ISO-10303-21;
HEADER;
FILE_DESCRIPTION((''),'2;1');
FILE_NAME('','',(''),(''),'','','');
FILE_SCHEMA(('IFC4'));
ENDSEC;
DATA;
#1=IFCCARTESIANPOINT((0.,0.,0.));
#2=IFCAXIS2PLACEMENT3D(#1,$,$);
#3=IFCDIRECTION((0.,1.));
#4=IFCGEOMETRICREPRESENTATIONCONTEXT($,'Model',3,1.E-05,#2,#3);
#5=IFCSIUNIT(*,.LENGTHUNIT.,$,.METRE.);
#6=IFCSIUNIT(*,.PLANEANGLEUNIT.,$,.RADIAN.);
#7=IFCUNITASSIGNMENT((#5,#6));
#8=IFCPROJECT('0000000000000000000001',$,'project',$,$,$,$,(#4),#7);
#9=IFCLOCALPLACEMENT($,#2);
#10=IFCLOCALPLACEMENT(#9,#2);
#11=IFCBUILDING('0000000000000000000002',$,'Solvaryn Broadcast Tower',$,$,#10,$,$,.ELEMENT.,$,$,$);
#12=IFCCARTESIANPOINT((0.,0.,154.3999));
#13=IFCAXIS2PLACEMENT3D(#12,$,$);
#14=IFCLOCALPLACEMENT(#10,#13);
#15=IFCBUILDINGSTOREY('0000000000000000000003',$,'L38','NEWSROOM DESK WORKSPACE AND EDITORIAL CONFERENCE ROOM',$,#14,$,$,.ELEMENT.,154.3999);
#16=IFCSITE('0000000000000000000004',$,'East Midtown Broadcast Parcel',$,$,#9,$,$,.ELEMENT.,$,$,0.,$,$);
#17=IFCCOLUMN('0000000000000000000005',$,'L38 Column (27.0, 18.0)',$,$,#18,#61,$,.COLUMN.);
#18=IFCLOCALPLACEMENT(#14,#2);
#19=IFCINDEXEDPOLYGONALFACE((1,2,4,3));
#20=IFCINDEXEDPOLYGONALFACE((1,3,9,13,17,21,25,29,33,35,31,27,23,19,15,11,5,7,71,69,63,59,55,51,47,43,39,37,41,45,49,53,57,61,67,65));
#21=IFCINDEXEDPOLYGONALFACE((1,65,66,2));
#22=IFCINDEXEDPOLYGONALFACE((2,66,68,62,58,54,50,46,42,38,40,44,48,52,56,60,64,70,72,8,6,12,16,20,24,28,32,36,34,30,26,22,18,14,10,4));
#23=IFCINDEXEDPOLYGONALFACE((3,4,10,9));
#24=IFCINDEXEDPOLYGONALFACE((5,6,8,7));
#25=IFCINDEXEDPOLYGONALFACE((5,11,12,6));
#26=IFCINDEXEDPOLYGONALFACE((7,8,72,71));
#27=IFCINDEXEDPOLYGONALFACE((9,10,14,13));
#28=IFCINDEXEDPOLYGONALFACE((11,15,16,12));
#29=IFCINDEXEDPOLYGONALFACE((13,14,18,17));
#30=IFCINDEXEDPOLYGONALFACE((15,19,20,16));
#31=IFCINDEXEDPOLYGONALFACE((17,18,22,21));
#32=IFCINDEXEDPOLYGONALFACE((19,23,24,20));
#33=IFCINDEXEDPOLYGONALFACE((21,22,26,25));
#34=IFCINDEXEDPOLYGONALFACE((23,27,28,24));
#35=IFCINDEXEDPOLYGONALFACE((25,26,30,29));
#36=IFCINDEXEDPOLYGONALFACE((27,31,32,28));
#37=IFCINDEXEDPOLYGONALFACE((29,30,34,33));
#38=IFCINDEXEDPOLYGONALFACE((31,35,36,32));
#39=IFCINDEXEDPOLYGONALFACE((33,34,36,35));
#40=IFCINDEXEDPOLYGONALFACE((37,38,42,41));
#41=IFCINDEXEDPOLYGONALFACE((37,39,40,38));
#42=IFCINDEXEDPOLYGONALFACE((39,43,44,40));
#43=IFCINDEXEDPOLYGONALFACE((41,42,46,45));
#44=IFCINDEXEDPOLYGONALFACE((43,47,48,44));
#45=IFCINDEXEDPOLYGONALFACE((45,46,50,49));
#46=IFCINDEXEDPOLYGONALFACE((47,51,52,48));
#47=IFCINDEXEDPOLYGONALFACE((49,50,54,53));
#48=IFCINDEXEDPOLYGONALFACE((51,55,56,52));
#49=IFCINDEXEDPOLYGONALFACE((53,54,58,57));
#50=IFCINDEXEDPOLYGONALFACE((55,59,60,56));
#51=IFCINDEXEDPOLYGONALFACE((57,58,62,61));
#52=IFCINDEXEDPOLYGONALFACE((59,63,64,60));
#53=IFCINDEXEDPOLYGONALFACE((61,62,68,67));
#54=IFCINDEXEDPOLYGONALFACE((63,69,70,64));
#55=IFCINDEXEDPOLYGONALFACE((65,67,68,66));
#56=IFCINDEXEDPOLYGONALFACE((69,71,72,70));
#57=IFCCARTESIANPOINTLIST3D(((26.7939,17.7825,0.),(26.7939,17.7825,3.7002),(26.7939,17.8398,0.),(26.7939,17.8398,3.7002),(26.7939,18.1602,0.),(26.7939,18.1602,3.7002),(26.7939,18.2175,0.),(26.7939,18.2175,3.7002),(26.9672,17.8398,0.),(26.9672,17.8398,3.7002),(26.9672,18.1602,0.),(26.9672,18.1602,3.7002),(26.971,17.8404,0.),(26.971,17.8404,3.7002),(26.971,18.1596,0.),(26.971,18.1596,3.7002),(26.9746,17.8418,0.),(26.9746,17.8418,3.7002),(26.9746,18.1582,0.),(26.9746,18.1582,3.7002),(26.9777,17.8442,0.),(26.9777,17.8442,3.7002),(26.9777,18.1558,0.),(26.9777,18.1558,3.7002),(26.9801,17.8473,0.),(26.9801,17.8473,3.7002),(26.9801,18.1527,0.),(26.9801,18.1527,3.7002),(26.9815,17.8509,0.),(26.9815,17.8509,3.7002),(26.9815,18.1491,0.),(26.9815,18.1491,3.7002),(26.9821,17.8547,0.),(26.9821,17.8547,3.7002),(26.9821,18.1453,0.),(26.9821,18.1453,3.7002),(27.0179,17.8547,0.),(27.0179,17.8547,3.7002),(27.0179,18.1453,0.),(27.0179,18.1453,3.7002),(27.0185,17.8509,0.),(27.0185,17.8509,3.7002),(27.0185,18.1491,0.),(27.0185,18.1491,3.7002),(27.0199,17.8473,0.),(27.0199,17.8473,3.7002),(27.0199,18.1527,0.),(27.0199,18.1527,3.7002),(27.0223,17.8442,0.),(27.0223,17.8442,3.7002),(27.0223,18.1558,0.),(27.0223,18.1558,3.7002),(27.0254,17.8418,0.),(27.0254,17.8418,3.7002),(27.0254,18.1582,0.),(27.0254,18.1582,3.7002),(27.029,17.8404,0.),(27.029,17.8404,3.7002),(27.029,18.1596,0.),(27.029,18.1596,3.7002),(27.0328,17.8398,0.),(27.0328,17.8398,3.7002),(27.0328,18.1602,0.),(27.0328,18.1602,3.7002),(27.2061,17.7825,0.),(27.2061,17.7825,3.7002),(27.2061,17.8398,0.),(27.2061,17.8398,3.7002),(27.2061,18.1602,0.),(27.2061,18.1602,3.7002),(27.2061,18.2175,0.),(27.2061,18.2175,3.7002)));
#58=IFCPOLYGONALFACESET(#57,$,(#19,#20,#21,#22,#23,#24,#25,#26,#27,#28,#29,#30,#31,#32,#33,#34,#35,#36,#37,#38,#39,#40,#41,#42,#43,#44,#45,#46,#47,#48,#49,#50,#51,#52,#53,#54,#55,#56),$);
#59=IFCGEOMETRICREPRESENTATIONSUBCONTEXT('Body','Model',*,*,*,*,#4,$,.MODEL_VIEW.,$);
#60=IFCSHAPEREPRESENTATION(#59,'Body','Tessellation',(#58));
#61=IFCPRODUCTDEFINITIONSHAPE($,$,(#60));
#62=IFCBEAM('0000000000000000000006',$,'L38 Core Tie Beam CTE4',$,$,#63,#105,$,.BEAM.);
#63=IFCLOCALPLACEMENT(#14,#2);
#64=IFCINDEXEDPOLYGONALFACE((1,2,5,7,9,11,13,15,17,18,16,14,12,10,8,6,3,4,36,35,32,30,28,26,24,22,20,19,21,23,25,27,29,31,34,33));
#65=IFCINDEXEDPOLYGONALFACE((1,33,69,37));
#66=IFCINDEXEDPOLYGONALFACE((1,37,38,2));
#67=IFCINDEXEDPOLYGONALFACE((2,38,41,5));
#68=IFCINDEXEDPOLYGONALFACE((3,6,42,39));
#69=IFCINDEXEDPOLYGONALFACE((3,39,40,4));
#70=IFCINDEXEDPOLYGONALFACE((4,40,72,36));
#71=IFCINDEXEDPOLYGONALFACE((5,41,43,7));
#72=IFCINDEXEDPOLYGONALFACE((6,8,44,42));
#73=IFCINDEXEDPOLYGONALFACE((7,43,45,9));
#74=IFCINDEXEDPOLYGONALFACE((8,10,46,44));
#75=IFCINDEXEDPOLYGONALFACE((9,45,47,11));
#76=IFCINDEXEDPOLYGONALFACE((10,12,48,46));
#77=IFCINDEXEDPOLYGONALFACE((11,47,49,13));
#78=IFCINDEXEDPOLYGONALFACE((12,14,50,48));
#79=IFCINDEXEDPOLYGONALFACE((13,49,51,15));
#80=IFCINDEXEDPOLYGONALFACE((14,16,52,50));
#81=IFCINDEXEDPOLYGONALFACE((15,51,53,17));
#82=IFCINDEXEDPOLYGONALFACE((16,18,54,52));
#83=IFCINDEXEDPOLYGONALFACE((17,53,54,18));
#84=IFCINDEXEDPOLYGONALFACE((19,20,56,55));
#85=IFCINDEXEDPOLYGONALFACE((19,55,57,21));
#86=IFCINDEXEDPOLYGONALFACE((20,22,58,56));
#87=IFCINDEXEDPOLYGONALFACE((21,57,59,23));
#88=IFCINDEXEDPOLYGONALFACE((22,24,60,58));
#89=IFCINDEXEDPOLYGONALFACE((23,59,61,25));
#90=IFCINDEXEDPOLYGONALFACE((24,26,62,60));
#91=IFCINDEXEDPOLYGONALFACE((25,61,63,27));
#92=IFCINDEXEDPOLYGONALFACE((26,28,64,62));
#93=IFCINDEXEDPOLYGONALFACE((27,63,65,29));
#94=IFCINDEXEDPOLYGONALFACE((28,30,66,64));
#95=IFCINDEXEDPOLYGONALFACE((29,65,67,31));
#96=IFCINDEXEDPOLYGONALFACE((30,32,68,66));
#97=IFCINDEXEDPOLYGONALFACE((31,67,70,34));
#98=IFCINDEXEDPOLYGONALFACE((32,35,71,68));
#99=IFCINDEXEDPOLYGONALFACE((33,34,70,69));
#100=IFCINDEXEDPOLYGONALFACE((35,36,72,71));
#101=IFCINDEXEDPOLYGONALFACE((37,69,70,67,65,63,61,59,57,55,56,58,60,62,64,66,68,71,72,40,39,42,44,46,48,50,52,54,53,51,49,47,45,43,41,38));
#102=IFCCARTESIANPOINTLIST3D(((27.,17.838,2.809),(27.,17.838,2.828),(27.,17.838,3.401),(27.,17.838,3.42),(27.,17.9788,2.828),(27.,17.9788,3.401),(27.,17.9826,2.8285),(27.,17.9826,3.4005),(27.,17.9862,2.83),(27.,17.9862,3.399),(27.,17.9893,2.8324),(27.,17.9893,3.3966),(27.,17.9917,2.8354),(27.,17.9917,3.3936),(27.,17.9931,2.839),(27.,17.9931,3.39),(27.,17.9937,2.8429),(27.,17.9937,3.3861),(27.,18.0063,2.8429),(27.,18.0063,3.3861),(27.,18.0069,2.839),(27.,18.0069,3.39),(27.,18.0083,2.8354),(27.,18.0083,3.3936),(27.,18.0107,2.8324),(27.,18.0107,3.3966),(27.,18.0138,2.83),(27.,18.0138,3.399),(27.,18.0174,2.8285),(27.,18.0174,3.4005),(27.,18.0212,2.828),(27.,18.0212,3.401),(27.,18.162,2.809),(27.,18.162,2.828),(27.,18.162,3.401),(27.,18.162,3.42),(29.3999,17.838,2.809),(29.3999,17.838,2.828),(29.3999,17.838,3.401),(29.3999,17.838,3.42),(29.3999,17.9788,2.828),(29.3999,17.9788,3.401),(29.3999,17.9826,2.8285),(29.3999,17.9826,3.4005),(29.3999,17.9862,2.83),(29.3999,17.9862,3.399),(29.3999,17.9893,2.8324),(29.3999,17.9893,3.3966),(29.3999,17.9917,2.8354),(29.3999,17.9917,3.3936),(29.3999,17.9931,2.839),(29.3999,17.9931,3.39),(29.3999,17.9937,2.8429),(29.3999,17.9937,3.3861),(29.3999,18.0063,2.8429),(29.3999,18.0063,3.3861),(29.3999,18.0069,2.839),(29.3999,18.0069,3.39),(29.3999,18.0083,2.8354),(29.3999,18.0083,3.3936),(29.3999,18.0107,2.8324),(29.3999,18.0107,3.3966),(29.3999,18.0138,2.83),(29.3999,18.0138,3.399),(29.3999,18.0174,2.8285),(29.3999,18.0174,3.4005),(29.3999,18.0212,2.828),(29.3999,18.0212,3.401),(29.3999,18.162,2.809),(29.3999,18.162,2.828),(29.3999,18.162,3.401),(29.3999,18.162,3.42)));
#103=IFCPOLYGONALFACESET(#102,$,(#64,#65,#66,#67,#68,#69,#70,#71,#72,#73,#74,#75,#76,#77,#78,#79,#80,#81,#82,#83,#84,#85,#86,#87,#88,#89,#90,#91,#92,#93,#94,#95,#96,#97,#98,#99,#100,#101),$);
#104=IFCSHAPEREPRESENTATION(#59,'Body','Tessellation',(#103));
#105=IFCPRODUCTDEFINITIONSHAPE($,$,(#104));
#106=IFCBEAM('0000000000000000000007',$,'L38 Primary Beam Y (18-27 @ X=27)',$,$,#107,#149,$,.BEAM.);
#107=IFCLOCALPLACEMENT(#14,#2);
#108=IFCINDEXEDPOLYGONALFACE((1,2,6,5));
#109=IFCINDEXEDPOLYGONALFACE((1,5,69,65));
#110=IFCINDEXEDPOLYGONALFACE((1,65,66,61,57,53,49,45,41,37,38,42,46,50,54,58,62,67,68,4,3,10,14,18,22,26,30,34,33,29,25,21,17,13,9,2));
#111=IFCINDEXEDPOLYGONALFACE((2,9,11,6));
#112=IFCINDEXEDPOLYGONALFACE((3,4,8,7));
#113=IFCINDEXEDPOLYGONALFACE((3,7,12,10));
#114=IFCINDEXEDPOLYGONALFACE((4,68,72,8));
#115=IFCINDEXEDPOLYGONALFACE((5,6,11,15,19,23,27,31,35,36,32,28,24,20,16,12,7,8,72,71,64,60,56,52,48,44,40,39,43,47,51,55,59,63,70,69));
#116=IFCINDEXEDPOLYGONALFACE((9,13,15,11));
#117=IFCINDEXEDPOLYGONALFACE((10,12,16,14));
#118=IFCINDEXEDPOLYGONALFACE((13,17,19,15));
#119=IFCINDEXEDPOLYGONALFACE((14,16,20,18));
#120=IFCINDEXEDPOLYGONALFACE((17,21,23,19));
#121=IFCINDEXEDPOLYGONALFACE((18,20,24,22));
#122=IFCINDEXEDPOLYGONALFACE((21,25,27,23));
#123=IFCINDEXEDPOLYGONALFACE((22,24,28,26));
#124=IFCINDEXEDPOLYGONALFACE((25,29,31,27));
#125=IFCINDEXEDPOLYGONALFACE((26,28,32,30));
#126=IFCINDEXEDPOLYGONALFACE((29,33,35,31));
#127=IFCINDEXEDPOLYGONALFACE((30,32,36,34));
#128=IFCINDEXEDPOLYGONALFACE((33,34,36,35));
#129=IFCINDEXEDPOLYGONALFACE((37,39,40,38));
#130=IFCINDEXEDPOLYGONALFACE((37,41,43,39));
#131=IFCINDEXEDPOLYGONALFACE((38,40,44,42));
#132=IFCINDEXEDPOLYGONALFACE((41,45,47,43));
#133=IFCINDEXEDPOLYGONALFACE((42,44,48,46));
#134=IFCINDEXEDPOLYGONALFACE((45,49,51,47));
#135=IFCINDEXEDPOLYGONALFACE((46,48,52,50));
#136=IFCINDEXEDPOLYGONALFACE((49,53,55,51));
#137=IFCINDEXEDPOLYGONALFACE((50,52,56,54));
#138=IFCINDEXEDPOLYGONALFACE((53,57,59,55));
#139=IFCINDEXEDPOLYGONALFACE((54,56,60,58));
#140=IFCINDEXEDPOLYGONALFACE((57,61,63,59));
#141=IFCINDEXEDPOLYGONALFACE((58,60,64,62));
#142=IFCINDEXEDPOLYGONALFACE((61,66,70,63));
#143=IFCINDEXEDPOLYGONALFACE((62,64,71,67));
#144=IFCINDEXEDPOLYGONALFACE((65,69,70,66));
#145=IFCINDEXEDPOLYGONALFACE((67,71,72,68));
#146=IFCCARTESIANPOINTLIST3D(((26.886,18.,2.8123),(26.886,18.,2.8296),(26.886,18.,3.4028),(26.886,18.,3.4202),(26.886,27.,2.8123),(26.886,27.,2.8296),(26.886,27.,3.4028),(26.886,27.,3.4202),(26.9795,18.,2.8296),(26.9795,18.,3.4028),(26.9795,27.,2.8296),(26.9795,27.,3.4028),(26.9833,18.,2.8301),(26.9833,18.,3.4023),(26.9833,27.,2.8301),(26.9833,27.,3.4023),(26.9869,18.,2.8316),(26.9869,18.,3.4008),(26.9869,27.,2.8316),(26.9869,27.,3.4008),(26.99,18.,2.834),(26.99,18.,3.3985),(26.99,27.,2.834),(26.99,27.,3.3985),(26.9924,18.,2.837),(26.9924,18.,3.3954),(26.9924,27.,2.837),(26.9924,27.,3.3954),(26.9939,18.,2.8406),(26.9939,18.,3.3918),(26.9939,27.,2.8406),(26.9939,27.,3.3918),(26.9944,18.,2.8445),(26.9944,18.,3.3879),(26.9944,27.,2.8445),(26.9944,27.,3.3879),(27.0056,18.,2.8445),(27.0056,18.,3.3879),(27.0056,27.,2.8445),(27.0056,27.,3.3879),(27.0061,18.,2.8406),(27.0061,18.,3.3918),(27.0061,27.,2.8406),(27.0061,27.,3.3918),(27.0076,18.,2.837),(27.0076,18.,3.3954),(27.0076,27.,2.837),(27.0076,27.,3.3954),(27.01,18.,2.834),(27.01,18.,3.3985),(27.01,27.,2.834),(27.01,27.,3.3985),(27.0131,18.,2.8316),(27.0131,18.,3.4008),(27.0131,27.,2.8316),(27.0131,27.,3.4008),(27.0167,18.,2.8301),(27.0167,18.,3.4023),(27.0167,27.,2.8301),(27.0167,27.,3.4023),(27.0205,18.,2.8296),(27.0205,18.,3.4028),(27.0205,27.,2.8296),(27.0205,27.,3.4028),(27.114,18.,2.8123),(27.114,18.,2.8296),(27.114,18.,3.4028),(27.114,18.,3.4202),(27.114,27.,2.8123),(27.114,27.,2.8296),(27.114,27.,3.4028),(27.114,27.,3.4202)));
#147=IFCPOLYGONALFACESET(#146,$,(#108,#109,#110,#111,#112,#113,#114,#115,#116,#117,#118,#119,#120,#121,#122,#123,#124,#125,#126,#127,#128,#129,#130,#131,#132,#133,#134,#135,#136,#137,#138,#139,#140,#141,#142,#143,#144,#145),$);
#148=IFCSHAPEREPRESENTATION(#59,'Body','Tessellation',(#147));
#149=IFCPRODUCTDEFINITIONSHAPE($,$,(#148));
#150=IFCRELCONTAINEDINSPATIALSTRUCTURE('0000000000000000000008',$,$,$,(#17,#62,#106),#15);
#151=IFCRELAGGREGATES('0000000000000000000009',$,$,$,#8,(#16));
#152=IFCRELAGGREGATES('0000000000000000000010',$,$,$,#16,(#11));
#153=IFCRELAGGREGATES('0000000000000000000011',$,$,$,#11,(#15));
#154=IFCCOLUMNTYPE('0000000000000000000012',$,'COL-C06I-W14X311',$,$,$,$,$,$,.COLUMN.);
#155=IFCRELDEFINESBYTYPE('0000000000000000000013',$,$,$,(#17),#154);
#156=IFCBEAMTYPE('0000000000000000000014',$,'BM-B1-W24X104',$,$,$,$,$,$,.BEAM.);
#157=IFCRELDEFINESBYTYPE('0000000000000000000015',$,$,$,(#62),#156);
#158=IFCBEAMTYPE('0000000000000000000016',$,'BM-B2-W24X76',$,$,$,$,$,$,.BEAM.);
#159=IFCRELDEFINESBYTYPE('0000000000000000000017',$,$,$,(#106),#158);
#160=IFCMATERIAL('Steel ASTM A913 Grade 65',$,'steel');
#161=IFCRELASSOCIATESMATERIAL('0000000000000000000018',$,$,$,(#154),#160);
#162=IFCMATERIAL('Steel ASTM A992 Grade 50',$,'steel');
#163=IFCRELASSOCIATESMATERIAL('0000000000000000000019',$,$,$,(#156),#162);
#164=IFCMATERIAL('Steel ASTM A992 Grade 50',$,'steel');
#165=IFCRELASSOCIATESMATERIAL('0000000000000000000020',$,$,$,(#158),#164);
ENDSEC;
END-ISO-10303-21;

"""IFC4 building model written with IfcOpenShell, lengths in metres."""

from ifc_helpers import new_model, si_unit, direction, frame, origin, origin_2d, place, context, subcontext, project, spatial, i_section, extrude, material, material_profile, profile_set, type_object, element, save


model = new_model("IFC4")

# Units and contexts
model_context = context("Model", 3, precision=1e-05, world=origin(), true_north=direction((0.0, 1.0)))
body_context = subcontext(model_context, "Body", "Model", "MODEL_VIEW")
ifc_project = project(units=[si_unit("LENGTHUNIT", "METRE"), si_unit("PLANEANGLEUNIT", "RADIAN")], contexts=[model_context])

# Site, building, storey
site_placement = place(None, origin())
site = spatial("IfcSite", under=ifc_project, at=site_placement, Name="East Midtown Broadcast Parcel", CompositionType="ELEMENT", RefElevation=0.0)
building_placement = place(site_placement, origin())
building = spatial("IfcBuilding", under=site, at=building_placement, Name="Solvaryn Broadcast Tower", CompositionType="ELEMENT")
storey_placement = place(building_placement, frame((0.0, 0.0, 154.3999)))
storey = spatial("IfcBuildingStorey", under=building, at=storey_placement, Name="L38", Description="NEWSROOM DESK WORKSPACE AND EDITORIAL CONFERENCE ROOM", CompositionType="ELEMENT", Elevation=154.3999)

# Column
ifc_material_1 = material(Name="Steel ASTM A913 Grade 65", Category="steel")
ifc_material_profile_1 = material_profile(ifc_material_1, i_section(OverallWidth=0.4121, OverallDepth=0.4351, WebThickness=0.0359, FlangeThickness=0.0574, FilletRadius=0.0149, at=origin_2d()))
ifc_profile_set_1 = profile_set([ifc_material_profile_1], Name="Steel ASTM A913 Grade 65")
column_type = type_object("IfcColumnType", Name="COL-C06I-W14X311", PredefinedType="COLUMN", material=ifc_profile_set_1)
column_placement = place(storey_placement, frame((27.0, 18.0, 0.0), z_axis=(0.0, 0.0, 1.0), x_axis=(1.0, 0.0, 0.0)))
element("IfcColumn", 1, at=column_placement, inside=storey, type_object=column_type, Name="L38 Column (27.0, 18.0)", PredefinedType="COLUMN", context=body_context, shape_type="SweptSolid", body=[
    extrude(i_section(OverallWidth=0.4121, OverallDepth=0.4351, WebThickness=0.0359, FlangeThickness=0.0574, FilletRadius=0.0149, at=origin_2d()), origin(), (0.0, 0.0, 1.0), 3.7002),
])

# Beams
ifc_material_2 = material(Name="Steel ASTM A992 Grade 50", Category="steel")
ifc_material_profile_2 = material_profile(ifc_material_2, i_section(OverallWidth=0.324, OverallDepth=0.6111, WebThickness=0.0127, FlangeThickness=0.019, FilletRadius=0.0149, at=origin_2d()))
ifc_profile_set_2 = profile_set([ifc_material_profile_2], Name="Steel ASTM A992 Grade 50")
beam_type_1 = type_object("IfcBeamType", Name="BM-B1-W24X104", PredefinedType="BEAM", material=ifc_profile_set_2)
beam_1_placement = place(storey_placement, frame((27.0, 18.0, 3.1145), z_axis=(1.0, 0.0, 0.0), x_axis=(0.0, 1.0, 0.0)))
element("IfcBeam", 2, at=beam_1_placement, inside=storey, type_object=beam_type_1, Name="L38 Core Tie Beam CTE4", PredefinedType="BEAM", context=body_context, shape_type="SweptSolid", body=[
    extrude(i_section(OverallWidth=0.324, OverallDepth=0.6111, WebThickness=0.0127, FlangeThickness=0.019, FilletRadius=0.0149, at=origin_2d()), origin(), (0.0, 0.0, 1.0), 2.3999),
])
ifc_material_3 = material(Name="Steel ASTM A992 Grade 50", Category="steel")
ifc_material_profile_3 = material_profile(ifc_material_3, i_section(OverallWidth=0.228, OverallDepth=0.6079, WebThickness=0.0112, FlangeThickness=0.0173, FilletRadius=0.0149, at=origin_2d()))
ifc_profile_set_3 = profile_set([ifc_material_profile_3], Name="Steel ASTM A992 Grade 50")
beam_type_2 = type_object("IfcBeamType", Name="BM-B2-W24X76", PredefinedType="BEAM", material=ifc_profile_set_3)
beam_2_placement = place(storey_placement, frame((27.0, 18.0, 3.1162), z_axis=(0.0, 1.0, 0.0), x_axis=(-1.0, 0.0, 0.0)))
element("IfcBeam", 3, at=beam_2_placement, inside=storey, type_object=beam_type_2, Name="L38 Primary Beam Y (18-27 @ X=27)", PredefinedType="BEAM", context=body_context, shape_type="SweptSolid", body=[
    extrude(i_section(OverallWidth=0.228, OverallDepth=0.6079, WebThickness=0.0112, FlangeThickness=0.0173, FilletRadius=0.0149, at=origin_2d()), origin(), (0.0, 0.0, 1.0), 9.0),
])

save(model, "model.ifc")
